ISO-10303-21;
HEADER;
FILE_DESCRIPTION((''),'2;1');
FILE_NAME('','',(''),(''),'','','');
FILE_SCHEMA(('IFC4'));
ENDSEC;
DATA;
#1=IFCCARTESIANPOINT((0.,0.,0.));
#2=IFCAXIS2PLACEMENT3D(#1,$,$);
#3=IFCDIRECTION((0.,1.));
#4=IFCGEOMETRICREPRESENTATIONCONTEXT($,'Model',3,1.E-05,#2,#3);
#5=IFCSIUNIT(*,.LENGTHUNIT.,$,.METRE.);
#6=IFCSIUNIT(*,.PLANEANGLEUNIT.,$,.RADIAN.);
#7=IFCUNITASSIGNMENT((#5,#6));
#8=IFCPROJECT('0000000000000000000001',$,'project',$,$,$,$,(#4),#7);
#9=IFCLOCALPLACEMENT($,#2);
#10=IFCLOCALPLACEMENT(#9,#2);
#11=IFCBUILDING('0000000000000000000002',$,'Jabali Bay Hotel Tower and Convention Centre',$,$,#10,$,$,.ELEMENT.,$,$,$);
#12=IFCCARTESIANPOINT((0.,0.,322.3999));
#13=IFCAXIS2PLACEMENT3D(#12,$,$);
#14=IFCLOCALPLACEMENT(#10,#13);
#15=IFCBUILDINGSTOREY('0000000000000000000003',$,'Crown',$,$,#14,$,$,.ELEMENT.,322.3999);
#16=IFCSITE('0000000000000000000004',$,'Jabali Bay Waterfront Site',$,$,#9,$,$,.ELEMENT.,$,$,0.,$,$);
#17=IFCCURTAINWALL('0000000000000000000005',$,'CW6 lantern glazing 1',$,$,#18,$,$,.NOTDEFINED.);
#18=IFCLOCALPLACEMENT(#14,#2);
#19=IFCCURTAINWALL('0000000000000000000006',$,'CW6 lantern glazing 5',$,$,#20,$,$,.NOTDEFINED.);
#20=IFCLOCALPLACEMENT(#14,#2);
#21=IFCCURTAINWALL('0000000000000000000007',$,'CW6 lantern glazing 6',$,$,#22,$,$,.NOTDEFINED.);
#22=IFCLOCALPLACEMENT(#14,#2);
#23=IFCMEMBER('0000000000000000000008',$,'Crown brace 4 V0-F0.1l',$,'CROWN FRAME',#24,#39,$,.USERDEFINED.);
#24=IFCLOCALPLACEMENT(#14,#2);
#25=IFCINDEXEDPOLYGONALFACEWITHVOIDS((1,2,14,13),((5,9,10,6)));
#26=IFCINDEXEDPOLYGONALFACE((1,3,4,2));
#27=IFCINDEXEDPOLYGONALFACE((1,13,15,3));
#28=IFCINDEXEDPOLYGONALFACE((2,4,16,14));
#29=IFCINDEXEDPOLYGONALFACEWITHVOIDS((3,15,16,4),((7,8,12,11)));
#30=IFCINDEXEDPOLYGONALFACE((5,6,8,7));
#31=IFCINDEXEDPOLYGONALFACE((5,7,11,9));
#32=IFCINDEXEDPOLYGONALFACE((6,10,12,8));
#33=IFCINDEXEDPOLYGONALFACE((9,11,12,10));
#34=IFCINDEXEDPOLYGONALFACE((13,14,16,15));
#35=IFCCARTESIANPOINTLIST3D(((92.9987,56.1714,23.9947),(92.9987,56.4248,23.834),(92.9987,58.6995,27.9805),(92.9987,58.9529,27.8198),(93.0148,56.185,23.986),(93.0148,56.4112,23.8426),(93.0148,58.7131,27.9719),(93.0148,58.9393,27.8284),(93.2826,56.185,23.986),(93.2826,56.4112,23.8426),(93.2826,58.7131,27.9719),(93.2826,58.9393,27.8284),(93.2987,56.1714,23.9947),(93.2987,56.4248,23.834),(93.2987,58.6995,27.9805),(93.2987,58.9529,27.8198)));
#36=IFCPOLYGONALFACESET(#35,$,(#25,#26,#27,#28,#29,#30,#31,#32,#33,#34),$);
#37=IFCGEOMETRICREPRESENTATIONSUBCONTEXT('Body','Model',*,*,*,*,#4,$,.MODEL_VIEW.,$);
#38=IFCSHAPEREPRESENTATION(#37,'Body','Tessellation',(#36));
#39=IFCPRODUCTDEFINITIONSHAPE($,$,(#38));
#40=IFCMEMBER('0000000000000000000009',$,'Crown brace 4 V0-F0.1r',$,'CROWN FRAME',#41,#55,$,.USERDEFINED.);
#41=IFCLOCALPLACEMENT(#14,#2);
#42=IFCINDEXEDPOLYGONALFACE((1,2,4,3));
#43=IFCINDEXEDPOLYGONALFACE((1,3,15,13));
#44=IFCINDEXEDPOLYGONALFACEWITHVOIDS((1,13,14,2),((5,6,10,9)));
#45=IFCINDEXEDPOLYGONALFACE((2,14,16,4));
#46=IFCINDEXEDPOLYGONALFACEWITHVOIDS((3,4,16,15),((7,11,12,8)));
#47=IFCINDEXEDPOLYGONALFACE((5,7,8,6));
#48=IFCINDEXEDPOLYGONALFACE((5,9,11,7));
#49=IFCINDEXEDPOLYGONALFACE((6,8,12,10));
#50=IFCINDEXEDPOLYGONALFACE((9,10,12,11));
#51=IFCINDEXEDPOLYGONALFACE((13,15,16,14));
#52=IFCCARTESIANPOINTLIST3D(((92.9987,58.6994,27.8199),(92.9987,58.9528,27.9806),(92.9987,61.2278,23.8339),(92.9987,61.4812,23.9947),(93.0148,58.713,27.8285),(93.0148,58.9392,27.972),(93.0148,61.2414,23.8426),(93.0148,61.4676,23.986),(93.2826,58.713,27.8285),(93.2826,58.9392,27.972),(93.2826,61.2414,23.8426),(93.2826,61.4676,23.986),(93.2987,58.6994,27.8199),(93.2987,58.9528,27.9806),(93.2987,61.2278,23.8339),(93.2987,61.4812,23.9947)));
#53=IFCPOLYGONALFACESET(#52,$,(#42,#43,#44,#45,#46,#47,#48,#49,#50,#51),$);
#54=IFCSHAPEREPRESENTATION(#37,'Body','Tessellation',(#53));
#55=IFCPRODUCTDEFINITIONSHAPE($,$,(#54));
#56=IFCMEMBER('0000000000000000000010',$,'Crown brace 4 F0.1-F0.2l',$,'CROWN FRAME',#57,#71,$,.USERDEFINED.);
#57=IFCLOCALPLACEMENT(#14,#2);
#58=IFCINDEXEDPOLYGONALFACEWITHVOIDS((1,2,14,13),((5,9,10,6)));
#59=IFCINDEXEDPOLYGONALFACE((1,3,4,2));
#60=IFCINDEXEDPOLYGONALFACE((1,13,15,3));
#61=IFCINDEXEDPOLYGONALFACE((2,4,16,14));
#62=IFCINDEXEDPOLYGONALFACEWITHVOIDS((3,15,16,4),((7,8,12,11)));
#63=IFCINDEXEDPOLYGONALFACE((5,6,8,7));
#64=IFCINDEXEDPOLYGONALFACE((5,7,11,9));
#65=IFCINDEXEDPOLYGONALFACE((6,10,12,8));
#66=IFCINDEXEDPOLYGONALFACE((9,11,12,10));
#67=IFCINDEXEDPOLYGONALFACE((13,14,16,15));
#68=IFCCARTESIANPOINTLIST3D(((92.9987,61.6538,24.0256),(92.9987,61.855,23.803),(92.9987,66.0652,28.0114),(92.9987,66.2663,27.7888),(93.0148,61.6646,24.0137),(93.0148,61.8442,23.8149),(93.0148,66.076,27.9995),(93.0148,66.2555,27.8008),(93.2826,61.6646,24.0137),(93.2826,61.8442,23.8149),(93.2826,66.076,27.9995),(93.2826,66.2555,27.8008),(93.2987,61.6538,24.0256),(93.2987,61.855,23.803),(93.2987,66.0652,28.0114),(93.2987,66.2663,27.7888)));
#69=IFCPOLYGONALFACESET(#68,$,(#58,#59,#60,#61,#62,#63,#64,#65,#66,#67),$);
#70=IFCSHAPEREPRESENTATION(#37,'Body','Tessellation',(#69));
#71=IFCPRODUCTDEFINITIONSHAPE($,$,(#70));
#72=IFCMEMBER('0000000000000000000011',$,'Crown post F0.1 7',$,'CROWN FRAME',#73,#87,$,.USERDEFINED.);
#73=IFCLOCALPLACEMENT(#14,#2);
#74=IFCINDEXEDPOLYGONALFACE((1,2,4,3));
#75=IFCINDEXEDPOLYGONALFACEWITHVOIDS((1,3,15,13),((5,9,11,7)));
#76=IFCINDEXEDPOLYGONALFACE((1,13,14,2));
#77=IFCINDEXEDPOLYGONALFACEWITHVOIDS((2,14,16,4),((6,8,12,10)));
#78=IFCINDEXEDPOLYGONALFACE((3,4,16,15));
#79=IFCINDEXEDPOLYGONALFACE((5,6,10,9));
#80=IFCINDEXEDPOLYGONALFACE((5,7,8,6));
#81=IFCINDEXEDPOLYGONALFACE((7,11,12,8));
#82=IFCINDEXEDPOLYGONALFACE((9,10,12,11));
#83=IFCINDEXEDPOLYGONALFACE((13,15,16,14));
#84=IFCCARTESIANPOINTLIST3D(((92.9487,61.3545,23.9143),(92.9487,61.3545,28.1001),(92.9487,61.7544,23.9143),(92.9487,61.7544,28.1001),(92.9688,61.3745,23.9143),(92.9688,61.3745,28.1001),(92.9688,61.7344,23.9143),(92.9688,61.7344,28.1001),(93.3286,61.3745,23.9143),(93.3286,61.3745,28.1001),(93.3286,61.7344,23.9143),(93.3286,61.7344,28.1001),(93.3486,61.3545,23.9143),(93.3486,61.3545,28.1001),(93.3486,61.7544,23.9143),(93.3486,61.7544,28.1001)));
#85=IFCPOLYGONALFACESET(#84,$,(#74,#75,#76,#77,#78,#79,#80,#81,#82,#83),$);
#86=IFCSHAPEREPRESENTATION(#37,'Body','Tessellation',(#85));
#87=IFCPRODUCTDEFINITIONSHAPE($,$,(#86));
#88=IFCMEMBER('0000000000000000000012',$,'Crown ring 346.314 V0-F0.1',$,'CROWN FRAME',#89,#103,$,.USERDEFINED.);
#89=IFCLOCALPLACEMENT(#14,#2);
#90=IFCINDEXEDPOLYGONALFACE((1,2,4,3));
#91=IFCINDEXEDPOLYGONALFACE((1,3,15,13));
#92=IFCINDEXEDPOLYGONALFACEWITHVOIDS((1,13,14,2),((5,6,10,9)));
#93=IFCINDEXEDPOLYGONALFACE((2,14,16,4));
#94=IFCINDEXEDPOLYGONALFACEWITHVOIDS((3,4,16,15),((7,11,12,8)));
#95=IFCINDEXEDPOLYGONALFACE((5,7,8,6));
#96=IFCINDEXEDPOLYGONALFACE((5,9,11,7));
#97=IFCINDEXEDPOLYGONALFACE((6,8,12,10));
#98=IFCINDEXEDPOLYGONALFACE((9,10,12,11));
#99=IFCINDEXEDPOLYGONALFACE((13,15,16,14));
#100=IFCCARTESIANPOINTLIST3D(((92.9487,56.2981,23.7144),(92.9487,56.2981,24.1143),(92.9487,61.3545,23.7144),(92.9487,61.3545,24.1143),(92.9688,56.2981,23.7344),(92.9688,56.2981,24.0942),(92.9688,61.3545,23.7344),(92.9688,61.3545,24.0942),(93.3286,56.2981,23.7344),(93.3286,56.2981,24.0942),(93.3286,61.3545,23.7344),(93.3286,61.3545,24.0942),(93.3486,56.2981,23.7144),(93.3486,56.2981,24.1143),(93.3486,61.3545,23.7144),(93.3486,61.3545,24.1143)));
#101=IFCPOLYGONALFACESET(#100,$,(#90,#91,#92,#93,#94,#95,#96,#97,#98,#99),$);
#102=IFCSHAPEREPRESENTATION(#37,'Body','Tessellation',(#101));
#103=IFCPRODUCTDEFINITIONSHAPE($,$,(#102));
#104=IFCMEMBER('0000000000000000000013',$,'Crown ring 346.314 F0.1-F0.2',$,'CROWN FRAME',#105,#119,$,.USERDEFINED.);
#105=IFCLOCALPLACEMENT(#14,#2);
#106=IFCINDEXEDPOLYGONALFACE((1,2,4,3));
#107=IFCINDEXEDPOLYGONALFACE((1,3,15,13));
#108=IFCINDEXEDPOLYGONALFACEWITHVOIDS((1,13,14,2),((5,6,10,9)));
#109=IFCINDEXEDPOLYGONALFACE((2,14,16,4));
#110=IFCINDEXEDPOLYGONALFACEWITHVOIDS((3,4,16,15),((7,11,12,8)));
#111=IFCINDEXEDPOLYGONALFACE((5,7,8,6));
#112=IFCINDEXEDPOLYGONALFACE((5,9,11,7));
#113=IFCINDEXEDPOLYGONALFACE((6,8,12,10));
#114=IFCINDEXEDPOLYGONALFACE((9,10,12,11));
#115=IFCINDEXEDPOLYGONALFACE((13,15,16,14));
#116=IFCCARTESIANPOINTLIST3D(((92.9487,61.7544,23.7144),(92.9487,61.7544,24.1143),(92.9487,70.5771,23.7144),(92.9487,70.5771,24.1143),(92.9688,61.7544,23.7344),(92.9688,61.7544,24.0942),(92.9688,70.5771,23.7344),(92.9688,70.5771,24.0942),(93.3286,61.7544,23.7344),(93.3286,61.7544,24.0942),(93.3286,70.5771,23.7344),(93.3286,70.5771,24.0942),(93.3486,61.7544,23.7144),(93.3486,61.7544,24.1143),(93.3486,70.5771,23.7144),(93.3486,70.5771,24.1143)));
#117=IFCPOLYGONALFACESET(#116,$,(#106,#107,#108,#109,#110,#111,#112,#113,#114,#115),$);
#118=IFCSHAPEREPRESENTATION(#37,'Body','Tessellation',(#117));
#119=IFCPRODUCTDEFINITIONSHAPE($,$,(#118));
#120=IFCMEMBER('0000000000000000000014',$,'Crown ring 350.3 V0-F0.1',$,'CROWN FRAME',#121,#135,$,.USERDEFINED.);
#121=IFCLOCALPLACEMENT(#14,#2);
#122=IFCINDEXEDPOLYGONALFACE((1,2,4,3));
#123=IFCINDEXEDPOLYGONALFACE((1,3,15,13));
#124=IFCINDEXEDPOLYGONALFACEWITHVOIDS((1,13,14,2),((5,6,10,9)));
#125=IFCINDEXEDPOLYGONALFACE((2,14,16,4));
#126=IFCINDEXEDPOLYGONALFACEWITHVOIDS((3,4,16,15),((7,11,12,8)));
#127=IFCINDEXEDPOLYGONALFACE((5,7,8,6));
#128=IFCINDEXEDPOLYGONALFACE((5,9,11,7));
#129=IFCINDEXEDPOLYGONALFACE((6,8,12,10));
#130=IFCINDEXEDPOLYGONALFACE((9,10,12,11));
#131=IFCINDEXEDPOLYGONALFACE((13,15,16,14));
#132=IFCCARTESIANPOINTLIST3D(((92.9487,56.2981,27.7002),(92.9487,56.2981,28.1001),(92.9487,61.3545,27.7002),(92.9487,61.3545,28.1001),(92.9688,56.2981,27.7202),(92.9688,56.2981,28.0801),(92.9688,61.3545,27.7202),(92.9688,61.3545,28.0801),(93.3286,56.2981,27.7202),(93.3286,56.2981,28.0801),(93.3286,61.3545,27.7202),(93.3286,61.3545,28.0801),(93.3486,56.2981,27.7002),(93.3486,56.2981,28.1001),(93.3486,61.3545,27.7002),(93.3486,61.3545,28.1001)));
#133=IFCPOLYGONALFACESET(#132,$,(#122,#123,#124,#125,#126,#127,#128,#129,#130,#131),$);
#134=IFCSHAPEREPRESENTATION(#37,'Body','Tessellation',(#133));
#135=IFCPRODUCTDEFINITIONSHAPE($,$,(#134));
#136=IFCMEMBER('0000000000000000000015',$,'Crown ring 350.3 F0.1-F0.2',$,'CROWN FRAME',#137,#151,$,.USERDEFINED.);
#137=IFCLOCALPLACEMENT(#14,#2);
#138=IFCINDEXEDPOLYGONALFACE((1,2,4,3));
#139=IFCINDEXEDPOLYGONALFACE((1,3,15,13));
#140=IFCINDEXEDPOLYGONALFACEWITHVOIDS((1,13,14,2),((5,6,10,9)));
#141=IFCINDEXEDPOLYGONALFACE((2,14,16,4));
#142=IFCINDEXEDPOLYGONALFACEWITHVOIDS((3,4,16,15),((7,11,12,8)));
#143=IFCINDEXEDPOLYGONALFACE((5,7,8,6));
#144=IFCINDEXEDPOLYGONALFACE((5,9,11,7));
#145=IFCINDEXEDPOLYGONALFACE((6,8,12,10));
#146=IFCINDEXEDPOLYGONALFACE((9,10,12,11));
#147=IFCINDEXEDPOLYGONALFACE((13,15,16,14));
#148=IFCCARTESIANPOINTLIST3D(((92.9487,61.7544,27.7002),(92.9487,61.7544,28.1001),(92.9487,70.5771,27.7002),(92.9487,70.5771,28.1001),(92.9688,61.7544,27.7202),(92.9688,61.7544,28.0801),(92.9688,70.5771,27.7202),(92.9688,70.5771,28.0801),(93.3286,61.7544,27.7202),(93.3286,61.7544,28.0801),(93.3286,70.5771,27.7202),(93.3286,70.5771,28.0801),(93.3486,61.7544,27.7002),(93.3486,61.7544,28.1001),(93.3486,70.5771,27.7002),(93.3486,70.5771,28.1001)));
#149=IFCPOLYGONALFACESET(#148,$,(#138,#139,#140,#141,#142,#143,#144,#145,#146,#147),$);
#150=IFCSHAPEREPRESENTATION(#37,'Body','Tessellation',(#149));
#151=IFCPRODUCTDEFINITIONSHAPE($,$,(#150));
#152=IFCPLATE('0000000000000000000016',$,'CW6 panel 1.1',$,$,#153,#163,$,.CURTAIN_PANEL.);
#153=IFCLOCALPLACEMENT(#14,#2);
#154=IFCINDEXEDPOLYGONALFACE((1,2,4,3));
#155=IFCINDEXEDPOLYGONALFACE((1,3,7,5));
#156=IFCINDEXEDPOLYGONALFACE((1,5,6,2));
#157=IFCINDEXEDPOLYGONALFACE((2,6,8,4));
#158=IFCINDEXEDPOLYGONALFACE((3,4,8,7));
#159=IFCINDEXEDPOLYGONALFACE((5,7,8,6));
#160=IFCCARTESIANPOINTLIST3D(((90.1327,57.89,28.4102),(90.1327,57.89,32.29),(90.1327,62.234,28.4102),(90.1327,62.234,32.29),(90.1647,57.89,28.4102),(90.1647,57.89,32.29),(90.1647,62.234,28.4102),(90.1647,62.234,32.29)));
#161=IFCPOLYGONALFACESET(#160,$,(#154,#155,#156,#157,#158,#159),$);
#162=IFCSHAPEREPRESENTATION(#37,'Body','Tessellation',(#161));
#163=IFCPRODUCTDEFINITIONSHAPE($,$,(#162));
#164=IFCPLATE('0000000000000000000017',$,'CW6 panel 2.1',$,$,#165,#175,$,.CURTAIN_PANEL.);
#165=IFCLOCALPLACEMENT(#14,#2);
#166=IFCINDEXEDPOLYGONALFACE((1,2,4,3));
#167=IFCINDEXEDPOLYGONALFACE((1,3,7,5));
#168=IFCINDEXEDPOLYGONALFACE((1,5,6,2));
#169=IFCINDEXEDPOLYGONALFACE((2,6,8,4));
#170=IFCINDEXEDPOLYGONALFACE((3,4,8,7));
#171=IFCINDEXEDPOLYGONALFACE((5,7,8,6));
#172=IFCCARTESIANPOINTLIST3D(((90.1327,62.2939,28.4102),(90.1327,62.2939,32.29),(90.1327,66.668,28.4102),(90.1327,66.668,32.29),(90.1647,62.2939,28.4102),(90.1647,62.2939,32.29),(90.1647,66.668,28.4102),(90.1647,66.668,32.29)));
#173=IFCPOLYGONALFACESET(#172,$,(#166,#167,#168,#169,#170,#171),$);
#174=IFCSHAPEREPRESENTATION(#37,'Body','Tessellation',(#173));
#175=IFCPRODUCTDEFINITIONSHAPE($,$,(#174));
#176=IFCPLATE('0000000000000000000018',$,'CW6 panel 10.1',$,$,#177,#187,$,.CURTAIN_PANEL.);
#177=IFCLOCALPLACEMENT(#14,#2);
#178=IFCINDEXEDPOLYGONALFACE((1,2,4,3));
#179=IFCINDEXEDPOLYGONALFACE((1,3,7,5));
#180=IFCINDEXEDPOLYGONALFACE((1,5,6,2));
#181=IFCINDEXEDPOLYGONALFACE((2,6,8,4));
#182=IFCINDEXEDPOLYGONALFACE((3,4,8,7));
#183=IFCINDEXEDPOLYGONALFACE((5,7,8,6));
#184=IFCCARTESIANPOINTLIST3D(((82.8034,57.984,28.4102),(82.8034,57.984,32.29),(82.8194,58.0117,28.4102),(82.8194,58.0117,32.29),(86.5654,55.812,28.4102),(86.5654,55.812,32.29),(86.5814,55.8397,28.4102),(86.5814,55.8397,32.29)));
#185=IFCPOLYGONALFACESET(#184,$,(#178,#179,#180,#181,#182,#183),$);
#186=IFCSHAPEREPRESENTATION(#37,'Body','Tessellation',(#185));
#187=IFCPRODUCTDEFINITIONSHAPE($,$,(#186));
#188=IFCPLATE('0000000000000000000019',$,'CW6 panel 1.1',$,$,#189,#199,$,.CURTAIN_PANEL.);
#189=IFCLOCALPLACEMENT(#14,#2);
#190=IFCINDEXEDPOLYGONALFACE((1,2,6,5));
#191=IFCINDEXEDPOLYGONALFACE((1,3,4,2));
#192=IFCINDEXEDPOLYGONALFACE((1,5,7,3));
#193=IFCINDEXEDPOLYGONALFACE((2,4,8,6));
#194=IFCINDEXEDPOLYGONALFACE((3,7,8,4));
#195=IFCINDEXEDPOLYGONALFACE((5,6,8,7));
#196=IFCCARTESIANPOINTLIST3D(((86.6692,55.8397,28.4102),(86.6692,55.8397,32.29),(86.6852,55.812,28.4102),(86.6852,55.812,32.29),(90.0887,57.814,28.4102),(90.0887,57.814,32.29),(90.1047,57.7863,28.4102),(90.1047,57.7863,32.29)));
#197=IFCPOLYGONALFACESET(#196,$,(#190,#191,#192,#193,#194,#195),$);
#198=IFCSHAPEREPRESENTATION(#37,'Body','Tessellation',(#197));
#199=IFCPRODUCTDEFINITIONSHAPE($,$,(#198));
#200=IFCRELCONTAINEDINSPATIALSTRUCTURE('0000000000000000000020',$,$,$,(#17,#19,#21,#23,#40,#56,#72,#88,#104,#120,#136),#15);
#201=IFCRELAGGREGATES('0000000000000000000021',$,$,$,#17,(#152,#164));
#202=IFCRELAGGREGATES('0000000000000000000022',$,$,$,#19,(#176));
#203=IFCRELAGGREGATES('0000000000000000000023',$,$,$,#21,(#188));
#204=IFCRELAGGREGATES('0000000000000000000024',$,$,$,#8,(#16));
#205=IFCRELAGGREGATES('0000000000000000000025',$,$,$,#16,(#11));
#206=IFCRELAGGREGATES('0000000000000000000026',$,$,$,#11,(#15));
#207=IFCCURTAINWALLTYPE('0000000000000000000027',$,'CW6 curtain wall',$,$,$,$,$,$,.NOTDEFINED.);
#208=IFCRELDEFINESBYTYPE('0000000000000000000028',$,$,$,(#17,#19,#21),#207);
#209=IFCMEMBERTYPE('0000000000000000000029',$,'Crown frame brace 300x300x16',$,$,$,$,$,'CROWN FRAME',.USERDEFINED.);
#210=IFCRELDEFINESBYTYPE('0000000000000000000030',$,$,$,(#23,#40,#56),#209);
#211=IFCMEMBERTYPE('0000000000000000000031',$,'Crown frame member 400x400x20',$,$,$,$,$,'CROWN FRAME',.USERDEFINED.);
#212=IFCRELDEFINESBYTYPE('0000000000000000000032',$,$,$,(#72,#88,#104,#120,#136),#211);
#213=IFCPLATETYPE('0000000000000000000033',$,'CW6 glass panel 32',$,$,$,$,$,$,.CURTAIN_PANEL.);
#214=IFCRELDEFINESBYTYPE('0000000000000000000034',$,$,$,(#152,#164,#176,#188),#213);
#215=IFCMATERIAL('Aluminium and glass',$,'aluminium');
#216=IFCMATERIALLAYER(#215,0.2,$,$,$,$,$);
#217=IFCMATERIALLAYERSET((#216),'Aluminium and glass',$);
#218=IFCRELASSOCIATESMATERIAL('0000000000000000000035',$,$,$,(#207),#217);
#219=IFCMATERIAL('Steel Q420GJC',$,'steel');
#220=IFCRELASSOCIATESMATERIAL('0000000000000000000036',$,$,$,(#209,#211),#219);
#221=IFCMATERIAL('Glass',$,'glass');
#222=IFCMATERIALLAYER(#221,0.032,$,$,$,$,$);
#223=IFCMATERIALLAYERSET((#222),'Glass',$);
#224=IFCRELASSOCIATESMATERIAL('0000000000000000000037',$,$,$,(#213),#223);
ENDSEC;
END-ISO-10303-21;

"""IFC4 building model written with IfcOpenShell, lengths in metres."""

from ifc_helpers import new_model, si_unit, direction, frame, origin, origin_2d, place, context, subcontext, project, spatial, rectangle, hollow_rectangle, extrude, material, layer, layer_set, material_profile, profile_set, type_object, element, aggregate, save


model = new_model("IFC4")

# Units and contexts
model_context = context("Model", 3, precision=1e-05, world=origin(), true_north=direction((0.0, 1.0)))
body_context = subcontext(model_context, "Body", "Model", "MODEL_VIEW")
ifc_project = project(units=[si_unit("LENGTHUNIT", "METRE"), si_unit("PLANEANGLEUNIT", "RADIAN")], contexts=[model_context])

# Site, building, storey
site_placement = place(None, origin())
site = spatial("IfcSite", under=ifc_project, at=site_placement, Name="Jabali Bay Waterfront Site", CompositionType="ELEMENT", RefElevation=0.0)
building_placement = place(site_placement, origin())
building = spatial("IfcBuilding", under=site, at=building_placement, Name="Jabali Bay Hotel Tower and Convention Centre", CompositionType="ELEMENT")
storey_placement = place(building_placement, frame((0.0, 0.0, 322.3999)))
storey = spatial("IfcBuildingStorey", under=building, at=storey_placement, Name="Crown", CompositionType="ELEMENT", Elevation=322.3999)

# Curtain wall
ifc_material_1 = material(Name="Aluminium and glass", Category="aluminium")
ifc_layer_1 = layer(ifc_material_1, 0.2)
ifc_layer_set_1 = layer_set([ifc_layer_1], Name="Aluminium and glass")
curtain_wall_type = type_object("IfcCurtainWallType", Name="CW6 curtain wall", PredefinedType="NOTDEFINED", material=ifc_layer_set_1)
curtain_wall_1_placement = place(storey_placement, origin())
curtain_wall_1 = element("IfcCurtainWall", 1, at=curtain_wall_1_placement, inside=storey, type_object=curtain_wall_type, Name="CW6 lantern glazing 1", PredefinedType="NOTDEFINED")

# Curtain walls
curtain_wall_2_placement = place(storey_placement, origin())
curtain_wall_2 = element("IfcCurtainWall", 2, at=curtain_wall_2_placement, inside=storey, type_object=curtain_wall_type, Name="CW6 lantern glazing 5", PredefinedType="NOTDEFINED")
curtain_wall_3_placement = place(storey_placement, origin())
curtain_wall_3 = element("IfcCurtainWall", 3, at=curtain_wall_3_placement, inside=storey, type_object=curtain_wall_type, Name="CW6 lantern glazing 6", PredefinedType="NOTDEFINED")

# Members
ifc_material_2 = material(Name="Steel Q420GJC", Category="steel")
ifc_material_profile_1 = material_profile(ifc_material_2, hollow_rectangle(XDim=0.3, YDim=0.3, WallThickness=0.0161, at=origin_2d()), Name="Crown frame brace 300x300x16")
ifc_profile_set_1 = profile_set([ifc_material_profile_1], Name="Steel Q420GJC")
member_type_1 = type_object("IfcMemberType", Name="Crown frame brace 300x300x16", ElementType="CROWN FRAME", PredefinedType="USERDEFINED", material=ifc_profile_set_1)
member_1_placement = place(storey_placement, frame((93.1487, 56.2981, 23.9143), z_axis=(0.0, 0.535613, 0.844463), x_axis=(-1.0, 0.0, 0.0)))
element("IfcMember", 4, at=member_1_placement, inside=storey, type_object=member_type_1, Name="Crown brace 4 V0-F0.1l", ObjectType="CROWN FRAME", PredefinedType="USERDEFINED", context=body_context, shape_type="SweptSolid", body=[
    extrude(hollow_rectangle(XDim=0.3, YDim=0.3, WallThickness=0.0161, at=origin_2d()), origin(), (0.0, 0.0, 1.0), 4.72),
])
member_2_placement = place(storey_placement, frame((93.1487, 61.3545, 23.9143), z_axis=(0.0, -0.53565, 0.84444), x_axis=(1.0, 0.0, 0.0)))
element("IfcMember", 5, at=member_2_placement, inside=storey, type_object=member_type_1, Name="Crown brace 4 V0-F0.1r", ObjectType="CROWN FRAME", PredefinedType="USERDEFINED", context=body_context, shape_type="SweptSolid", body=[
    extrude(hollow_rectangle(XDim=0.3, YDim=0.3, WallThickness=0.0161, at=origin_2d()), origin(), (0.0, 0.0, 1.0), 4.7202),
])
member_3_placement = place(storey_placement, frame((93.1487, 61.7544, 23.9143), z_axis=(0.0, 0.741988, 0.670413), x_axis=(-1.0, 0.0, 0.0)))
element("IfcMember", 6, at=member_3_placement, inside=storey, type_object=member_type_1, Name="Crown brace 4 F0.1-F0.2l", ObjectType="CROWN FRAME", PredefinedType="USERDEFINED", context=body_context, shape_type="SweptSolid", body=[
    extrude(hollow_rectangle(XDim=0.3, YDim=0.3, WallThickness=0.0161, at=origin_2d()), origin(), (0.0, 0.0, 1.0), 5.9453),
])
ifc_material_profile_2 = material_profile(ifc_material_2, hollow_rectangle(XDim=0.3999, YDim=0.3999, WallThickness=0.02, at=origin_2d()), Name="Crown frame member 400x400x20")
ifc_profile_set_2 = profile_set([ifc_material_profile_2], Name="Steel Q420GJC")
member_type_2 = type_object("IfcMemberType", Name="Crown frame member 400x400x20", ElementType="CROWN FRAME", PredefinedType="USERDEFINED", material=ifc_profile_set_2)
member_4_placement = place(storey_placement, frame((93.1487, 61.5544, 23.9143), z_axis=(0.0, 0.0, 1.0), x_axis=(1.0, 0.0, 0.0)))
element("IfcMember", 7, at=member_4_placement, inside=storey, type_object=member_type_2, Name="Crown post F0.1 7", ObjectType="CROWN FRAME", PredefinedType="USERDEFINED", context=body_context, shape_type="SweptSolid", body=[
    extrude(hollow_rectangle(XDim=0.3999, YDim=0.3999, WallThickness=0.02, at=origin_2d()), origin(), (0.0, 0.0, 1.0), 4.1858),
])
member_5_placement = place(storey_placement, frame((93.1487, 56.2981, 23.9143), z_axis=(0.0, 1.0, 0.0), x_axis=(-1.0, 0.0, 0.0)))
element("IfcMember", 8, at=member_5_placement, inside=storey, type_object=member_type_2, Name="Crown ring 346.314 V0-F0.1", ObjectType="CROWN FRAME", PredefinedType="USERDEFINED", context=body_context, shape_type="SweptSolid", body=[
    extrude(hollow_rectangle(XDim=0.3999, YDim=0.3999, WallThickness=0.02, at=origin_2d()), origin(), (0.0, 0.0, 1.0), 5.0564),
])
member_6_placement = place(storey_placement, frame((93.1487, 61.7544, 23.9143), z_axis=(0.0, 1.0, 0.0), x_axis=(-1.0, 0.0, 0.0)))
element("IfcMember", 9, at=member_6_placement, inside=storey, type_object=member_type_2, Name="Crown ring 346.314 F0.1-F0.2", ObjectType="CROWN FRAME", PredefinedType="USERDEFINED", context=body_context, shape_type="SweptSolid", body=[
    extrude(hollow_rectangle(XDim=0.3999, YDim=0.3999, WallThickness=0.02, at=origin_2d()), origin(), (0.0, 0.0, 1.0), 8.8228),
])
member_7_placement = place(storey_placement, frame((93.1487, 56.2981, 27.9001), z_axis=(0.0, 1.0, 0.0), x_axis=(-1.0, 0.0, 0.0)))
element("IfcMember", 10, at=member_7_placement, inside=storey, type_object=member_type_2, Name="Crown ring 350.3 V0-F0.1", ObjectType="CROWN FRAME", PredefinedType="USERDEFINED", context=body_context, shape_type="SweptSolid", body=[
    extrude(hollow_rectangle(XDim=0.3999, YDim=0.3999, WallThickness=0.02, at=origin_2d()), origin(), (0.0, 0.0, 1.0), 5.0564),
])
member_8_placement = place(storey_placement, frame((93.1487, 61.7544, 27.9001), z_axis=(0.0, 1.0, 0.0), x_axis=(-1.0, 0.0, 0.0)))
element("IfcMember", 11, at=member_8_placement, inside=storey, type_object=member_type_2, Name="Crown ring 350.3 F0.1-F0.2", ObjectType="CROWN FRAME", PredefinedType="USERDEFINED", context=body_context, shape_type="SweptSolid", body=[
    extrude(hollow_rectangle(XDim=0.3999, YDim=0.3999, WallThickness=0.02, at=origin_2d()), origin(), (0.0, 0.0, 1.0), 8.8228),
])

# Plates
ifc_material_3 = material(Name="Glass", Category="glass")
ifc_layer_2 = layer(ifc_material_3, 0.032)
ifc_layer_set_2 = layer_set([ifc_layer_2], Name="Glass")
plate_type_1 = type_object("IfcPlateType", Name="CW6 glass panel 32", PredefinedType="CURTAIN_PANEL", material=ifc_layer_set_2)
plate_1_placement = place(storey_placement, frame((90.1487, 60.062, 28.4102), z_axis=(0.0, 0.0, 1.0), x_axis=(0.0, 1.0, 0.0)))
plate_1 = element("IfcPlate", 12, at=plate_1_placement, type_object=plate_type_1, Name="CW6 panel 1.1", PredefinedType="CURTAIN_PANEL", context=body_context, shape_type="SweptSolid", body=[
    extrude(rectangle(XDim=4.344, YDim=0.032, at=origin_2d()), origin(), (0.0, 0.0, 1.0), 3.8799),
])
plate_2_placement = place(storey_placement, frame((90.1487, 64.481, 28.4102), z_axis=(0.0, 0.0, 1.0), x_axis=(0.0, 1.0, 0.0)))
plate_2 = element("IfcPlate", 13, at=plate_2_placement, type_object=plate_type_1, Name="CW6 panel 2.1", PredefinedType="CURTAIN_PANEL", context=body_context, shape_type="SweptSolid", body=[
    extrude(rectangle(XDim=4.374, YDim=0.032, at=origin_2d()), origin(), (0.0, 0.0, 1.0), 3.8799),
])
aggregate(curtain_wall_1, [plate_1, plate_2])
plate_3_placement = place(storey_placement, frame((84.6924, 56.9119, 28.4102), z_axis=(0.0, 0.0, 1.0), x_axis=(0.866025, -0.5, 0.0)))
plate_3 = element("IfcPlate", 14, at=plate_3_placement, type_object=plate_type_1, Name="CW6 panel 10.1", PredefinedType="CURTAIN_PANEL", context=body_context, shape_type="SweptSolid", body=[
    extrude(rectangle(XDim=4.344, YDim=0.032, at=origin_2d()), origin(), (0.0, 0.0, 1.0), 3.8799),
])
aggregate(curtain_wall_2, [plate_3])
plate_4_placement = place(storey_placement, frame((88.387, 56.813, 28.4102), z_axis=(0.0, 0.0, 1.0), x_axis=(0.866025, 0.5, 0.0)))
plate_4 = element("IfcPlate", 15, at=plate_4_placement, type_object=plate_type_1, Name="CW6 panel 1.1", PredefinedType="CURTAIN_PANEL", context=body_context, shape_type="SweptSolid", body=[
    extrude(rectangle(XDim=3.9485, YDim=0.032, at=origin_2d()), origin(), (0.0, 0.0, 1.0), 3.8799),
])
aggregate(curtain_wall_3, [plate_4])

save(model, "model.ifc")
